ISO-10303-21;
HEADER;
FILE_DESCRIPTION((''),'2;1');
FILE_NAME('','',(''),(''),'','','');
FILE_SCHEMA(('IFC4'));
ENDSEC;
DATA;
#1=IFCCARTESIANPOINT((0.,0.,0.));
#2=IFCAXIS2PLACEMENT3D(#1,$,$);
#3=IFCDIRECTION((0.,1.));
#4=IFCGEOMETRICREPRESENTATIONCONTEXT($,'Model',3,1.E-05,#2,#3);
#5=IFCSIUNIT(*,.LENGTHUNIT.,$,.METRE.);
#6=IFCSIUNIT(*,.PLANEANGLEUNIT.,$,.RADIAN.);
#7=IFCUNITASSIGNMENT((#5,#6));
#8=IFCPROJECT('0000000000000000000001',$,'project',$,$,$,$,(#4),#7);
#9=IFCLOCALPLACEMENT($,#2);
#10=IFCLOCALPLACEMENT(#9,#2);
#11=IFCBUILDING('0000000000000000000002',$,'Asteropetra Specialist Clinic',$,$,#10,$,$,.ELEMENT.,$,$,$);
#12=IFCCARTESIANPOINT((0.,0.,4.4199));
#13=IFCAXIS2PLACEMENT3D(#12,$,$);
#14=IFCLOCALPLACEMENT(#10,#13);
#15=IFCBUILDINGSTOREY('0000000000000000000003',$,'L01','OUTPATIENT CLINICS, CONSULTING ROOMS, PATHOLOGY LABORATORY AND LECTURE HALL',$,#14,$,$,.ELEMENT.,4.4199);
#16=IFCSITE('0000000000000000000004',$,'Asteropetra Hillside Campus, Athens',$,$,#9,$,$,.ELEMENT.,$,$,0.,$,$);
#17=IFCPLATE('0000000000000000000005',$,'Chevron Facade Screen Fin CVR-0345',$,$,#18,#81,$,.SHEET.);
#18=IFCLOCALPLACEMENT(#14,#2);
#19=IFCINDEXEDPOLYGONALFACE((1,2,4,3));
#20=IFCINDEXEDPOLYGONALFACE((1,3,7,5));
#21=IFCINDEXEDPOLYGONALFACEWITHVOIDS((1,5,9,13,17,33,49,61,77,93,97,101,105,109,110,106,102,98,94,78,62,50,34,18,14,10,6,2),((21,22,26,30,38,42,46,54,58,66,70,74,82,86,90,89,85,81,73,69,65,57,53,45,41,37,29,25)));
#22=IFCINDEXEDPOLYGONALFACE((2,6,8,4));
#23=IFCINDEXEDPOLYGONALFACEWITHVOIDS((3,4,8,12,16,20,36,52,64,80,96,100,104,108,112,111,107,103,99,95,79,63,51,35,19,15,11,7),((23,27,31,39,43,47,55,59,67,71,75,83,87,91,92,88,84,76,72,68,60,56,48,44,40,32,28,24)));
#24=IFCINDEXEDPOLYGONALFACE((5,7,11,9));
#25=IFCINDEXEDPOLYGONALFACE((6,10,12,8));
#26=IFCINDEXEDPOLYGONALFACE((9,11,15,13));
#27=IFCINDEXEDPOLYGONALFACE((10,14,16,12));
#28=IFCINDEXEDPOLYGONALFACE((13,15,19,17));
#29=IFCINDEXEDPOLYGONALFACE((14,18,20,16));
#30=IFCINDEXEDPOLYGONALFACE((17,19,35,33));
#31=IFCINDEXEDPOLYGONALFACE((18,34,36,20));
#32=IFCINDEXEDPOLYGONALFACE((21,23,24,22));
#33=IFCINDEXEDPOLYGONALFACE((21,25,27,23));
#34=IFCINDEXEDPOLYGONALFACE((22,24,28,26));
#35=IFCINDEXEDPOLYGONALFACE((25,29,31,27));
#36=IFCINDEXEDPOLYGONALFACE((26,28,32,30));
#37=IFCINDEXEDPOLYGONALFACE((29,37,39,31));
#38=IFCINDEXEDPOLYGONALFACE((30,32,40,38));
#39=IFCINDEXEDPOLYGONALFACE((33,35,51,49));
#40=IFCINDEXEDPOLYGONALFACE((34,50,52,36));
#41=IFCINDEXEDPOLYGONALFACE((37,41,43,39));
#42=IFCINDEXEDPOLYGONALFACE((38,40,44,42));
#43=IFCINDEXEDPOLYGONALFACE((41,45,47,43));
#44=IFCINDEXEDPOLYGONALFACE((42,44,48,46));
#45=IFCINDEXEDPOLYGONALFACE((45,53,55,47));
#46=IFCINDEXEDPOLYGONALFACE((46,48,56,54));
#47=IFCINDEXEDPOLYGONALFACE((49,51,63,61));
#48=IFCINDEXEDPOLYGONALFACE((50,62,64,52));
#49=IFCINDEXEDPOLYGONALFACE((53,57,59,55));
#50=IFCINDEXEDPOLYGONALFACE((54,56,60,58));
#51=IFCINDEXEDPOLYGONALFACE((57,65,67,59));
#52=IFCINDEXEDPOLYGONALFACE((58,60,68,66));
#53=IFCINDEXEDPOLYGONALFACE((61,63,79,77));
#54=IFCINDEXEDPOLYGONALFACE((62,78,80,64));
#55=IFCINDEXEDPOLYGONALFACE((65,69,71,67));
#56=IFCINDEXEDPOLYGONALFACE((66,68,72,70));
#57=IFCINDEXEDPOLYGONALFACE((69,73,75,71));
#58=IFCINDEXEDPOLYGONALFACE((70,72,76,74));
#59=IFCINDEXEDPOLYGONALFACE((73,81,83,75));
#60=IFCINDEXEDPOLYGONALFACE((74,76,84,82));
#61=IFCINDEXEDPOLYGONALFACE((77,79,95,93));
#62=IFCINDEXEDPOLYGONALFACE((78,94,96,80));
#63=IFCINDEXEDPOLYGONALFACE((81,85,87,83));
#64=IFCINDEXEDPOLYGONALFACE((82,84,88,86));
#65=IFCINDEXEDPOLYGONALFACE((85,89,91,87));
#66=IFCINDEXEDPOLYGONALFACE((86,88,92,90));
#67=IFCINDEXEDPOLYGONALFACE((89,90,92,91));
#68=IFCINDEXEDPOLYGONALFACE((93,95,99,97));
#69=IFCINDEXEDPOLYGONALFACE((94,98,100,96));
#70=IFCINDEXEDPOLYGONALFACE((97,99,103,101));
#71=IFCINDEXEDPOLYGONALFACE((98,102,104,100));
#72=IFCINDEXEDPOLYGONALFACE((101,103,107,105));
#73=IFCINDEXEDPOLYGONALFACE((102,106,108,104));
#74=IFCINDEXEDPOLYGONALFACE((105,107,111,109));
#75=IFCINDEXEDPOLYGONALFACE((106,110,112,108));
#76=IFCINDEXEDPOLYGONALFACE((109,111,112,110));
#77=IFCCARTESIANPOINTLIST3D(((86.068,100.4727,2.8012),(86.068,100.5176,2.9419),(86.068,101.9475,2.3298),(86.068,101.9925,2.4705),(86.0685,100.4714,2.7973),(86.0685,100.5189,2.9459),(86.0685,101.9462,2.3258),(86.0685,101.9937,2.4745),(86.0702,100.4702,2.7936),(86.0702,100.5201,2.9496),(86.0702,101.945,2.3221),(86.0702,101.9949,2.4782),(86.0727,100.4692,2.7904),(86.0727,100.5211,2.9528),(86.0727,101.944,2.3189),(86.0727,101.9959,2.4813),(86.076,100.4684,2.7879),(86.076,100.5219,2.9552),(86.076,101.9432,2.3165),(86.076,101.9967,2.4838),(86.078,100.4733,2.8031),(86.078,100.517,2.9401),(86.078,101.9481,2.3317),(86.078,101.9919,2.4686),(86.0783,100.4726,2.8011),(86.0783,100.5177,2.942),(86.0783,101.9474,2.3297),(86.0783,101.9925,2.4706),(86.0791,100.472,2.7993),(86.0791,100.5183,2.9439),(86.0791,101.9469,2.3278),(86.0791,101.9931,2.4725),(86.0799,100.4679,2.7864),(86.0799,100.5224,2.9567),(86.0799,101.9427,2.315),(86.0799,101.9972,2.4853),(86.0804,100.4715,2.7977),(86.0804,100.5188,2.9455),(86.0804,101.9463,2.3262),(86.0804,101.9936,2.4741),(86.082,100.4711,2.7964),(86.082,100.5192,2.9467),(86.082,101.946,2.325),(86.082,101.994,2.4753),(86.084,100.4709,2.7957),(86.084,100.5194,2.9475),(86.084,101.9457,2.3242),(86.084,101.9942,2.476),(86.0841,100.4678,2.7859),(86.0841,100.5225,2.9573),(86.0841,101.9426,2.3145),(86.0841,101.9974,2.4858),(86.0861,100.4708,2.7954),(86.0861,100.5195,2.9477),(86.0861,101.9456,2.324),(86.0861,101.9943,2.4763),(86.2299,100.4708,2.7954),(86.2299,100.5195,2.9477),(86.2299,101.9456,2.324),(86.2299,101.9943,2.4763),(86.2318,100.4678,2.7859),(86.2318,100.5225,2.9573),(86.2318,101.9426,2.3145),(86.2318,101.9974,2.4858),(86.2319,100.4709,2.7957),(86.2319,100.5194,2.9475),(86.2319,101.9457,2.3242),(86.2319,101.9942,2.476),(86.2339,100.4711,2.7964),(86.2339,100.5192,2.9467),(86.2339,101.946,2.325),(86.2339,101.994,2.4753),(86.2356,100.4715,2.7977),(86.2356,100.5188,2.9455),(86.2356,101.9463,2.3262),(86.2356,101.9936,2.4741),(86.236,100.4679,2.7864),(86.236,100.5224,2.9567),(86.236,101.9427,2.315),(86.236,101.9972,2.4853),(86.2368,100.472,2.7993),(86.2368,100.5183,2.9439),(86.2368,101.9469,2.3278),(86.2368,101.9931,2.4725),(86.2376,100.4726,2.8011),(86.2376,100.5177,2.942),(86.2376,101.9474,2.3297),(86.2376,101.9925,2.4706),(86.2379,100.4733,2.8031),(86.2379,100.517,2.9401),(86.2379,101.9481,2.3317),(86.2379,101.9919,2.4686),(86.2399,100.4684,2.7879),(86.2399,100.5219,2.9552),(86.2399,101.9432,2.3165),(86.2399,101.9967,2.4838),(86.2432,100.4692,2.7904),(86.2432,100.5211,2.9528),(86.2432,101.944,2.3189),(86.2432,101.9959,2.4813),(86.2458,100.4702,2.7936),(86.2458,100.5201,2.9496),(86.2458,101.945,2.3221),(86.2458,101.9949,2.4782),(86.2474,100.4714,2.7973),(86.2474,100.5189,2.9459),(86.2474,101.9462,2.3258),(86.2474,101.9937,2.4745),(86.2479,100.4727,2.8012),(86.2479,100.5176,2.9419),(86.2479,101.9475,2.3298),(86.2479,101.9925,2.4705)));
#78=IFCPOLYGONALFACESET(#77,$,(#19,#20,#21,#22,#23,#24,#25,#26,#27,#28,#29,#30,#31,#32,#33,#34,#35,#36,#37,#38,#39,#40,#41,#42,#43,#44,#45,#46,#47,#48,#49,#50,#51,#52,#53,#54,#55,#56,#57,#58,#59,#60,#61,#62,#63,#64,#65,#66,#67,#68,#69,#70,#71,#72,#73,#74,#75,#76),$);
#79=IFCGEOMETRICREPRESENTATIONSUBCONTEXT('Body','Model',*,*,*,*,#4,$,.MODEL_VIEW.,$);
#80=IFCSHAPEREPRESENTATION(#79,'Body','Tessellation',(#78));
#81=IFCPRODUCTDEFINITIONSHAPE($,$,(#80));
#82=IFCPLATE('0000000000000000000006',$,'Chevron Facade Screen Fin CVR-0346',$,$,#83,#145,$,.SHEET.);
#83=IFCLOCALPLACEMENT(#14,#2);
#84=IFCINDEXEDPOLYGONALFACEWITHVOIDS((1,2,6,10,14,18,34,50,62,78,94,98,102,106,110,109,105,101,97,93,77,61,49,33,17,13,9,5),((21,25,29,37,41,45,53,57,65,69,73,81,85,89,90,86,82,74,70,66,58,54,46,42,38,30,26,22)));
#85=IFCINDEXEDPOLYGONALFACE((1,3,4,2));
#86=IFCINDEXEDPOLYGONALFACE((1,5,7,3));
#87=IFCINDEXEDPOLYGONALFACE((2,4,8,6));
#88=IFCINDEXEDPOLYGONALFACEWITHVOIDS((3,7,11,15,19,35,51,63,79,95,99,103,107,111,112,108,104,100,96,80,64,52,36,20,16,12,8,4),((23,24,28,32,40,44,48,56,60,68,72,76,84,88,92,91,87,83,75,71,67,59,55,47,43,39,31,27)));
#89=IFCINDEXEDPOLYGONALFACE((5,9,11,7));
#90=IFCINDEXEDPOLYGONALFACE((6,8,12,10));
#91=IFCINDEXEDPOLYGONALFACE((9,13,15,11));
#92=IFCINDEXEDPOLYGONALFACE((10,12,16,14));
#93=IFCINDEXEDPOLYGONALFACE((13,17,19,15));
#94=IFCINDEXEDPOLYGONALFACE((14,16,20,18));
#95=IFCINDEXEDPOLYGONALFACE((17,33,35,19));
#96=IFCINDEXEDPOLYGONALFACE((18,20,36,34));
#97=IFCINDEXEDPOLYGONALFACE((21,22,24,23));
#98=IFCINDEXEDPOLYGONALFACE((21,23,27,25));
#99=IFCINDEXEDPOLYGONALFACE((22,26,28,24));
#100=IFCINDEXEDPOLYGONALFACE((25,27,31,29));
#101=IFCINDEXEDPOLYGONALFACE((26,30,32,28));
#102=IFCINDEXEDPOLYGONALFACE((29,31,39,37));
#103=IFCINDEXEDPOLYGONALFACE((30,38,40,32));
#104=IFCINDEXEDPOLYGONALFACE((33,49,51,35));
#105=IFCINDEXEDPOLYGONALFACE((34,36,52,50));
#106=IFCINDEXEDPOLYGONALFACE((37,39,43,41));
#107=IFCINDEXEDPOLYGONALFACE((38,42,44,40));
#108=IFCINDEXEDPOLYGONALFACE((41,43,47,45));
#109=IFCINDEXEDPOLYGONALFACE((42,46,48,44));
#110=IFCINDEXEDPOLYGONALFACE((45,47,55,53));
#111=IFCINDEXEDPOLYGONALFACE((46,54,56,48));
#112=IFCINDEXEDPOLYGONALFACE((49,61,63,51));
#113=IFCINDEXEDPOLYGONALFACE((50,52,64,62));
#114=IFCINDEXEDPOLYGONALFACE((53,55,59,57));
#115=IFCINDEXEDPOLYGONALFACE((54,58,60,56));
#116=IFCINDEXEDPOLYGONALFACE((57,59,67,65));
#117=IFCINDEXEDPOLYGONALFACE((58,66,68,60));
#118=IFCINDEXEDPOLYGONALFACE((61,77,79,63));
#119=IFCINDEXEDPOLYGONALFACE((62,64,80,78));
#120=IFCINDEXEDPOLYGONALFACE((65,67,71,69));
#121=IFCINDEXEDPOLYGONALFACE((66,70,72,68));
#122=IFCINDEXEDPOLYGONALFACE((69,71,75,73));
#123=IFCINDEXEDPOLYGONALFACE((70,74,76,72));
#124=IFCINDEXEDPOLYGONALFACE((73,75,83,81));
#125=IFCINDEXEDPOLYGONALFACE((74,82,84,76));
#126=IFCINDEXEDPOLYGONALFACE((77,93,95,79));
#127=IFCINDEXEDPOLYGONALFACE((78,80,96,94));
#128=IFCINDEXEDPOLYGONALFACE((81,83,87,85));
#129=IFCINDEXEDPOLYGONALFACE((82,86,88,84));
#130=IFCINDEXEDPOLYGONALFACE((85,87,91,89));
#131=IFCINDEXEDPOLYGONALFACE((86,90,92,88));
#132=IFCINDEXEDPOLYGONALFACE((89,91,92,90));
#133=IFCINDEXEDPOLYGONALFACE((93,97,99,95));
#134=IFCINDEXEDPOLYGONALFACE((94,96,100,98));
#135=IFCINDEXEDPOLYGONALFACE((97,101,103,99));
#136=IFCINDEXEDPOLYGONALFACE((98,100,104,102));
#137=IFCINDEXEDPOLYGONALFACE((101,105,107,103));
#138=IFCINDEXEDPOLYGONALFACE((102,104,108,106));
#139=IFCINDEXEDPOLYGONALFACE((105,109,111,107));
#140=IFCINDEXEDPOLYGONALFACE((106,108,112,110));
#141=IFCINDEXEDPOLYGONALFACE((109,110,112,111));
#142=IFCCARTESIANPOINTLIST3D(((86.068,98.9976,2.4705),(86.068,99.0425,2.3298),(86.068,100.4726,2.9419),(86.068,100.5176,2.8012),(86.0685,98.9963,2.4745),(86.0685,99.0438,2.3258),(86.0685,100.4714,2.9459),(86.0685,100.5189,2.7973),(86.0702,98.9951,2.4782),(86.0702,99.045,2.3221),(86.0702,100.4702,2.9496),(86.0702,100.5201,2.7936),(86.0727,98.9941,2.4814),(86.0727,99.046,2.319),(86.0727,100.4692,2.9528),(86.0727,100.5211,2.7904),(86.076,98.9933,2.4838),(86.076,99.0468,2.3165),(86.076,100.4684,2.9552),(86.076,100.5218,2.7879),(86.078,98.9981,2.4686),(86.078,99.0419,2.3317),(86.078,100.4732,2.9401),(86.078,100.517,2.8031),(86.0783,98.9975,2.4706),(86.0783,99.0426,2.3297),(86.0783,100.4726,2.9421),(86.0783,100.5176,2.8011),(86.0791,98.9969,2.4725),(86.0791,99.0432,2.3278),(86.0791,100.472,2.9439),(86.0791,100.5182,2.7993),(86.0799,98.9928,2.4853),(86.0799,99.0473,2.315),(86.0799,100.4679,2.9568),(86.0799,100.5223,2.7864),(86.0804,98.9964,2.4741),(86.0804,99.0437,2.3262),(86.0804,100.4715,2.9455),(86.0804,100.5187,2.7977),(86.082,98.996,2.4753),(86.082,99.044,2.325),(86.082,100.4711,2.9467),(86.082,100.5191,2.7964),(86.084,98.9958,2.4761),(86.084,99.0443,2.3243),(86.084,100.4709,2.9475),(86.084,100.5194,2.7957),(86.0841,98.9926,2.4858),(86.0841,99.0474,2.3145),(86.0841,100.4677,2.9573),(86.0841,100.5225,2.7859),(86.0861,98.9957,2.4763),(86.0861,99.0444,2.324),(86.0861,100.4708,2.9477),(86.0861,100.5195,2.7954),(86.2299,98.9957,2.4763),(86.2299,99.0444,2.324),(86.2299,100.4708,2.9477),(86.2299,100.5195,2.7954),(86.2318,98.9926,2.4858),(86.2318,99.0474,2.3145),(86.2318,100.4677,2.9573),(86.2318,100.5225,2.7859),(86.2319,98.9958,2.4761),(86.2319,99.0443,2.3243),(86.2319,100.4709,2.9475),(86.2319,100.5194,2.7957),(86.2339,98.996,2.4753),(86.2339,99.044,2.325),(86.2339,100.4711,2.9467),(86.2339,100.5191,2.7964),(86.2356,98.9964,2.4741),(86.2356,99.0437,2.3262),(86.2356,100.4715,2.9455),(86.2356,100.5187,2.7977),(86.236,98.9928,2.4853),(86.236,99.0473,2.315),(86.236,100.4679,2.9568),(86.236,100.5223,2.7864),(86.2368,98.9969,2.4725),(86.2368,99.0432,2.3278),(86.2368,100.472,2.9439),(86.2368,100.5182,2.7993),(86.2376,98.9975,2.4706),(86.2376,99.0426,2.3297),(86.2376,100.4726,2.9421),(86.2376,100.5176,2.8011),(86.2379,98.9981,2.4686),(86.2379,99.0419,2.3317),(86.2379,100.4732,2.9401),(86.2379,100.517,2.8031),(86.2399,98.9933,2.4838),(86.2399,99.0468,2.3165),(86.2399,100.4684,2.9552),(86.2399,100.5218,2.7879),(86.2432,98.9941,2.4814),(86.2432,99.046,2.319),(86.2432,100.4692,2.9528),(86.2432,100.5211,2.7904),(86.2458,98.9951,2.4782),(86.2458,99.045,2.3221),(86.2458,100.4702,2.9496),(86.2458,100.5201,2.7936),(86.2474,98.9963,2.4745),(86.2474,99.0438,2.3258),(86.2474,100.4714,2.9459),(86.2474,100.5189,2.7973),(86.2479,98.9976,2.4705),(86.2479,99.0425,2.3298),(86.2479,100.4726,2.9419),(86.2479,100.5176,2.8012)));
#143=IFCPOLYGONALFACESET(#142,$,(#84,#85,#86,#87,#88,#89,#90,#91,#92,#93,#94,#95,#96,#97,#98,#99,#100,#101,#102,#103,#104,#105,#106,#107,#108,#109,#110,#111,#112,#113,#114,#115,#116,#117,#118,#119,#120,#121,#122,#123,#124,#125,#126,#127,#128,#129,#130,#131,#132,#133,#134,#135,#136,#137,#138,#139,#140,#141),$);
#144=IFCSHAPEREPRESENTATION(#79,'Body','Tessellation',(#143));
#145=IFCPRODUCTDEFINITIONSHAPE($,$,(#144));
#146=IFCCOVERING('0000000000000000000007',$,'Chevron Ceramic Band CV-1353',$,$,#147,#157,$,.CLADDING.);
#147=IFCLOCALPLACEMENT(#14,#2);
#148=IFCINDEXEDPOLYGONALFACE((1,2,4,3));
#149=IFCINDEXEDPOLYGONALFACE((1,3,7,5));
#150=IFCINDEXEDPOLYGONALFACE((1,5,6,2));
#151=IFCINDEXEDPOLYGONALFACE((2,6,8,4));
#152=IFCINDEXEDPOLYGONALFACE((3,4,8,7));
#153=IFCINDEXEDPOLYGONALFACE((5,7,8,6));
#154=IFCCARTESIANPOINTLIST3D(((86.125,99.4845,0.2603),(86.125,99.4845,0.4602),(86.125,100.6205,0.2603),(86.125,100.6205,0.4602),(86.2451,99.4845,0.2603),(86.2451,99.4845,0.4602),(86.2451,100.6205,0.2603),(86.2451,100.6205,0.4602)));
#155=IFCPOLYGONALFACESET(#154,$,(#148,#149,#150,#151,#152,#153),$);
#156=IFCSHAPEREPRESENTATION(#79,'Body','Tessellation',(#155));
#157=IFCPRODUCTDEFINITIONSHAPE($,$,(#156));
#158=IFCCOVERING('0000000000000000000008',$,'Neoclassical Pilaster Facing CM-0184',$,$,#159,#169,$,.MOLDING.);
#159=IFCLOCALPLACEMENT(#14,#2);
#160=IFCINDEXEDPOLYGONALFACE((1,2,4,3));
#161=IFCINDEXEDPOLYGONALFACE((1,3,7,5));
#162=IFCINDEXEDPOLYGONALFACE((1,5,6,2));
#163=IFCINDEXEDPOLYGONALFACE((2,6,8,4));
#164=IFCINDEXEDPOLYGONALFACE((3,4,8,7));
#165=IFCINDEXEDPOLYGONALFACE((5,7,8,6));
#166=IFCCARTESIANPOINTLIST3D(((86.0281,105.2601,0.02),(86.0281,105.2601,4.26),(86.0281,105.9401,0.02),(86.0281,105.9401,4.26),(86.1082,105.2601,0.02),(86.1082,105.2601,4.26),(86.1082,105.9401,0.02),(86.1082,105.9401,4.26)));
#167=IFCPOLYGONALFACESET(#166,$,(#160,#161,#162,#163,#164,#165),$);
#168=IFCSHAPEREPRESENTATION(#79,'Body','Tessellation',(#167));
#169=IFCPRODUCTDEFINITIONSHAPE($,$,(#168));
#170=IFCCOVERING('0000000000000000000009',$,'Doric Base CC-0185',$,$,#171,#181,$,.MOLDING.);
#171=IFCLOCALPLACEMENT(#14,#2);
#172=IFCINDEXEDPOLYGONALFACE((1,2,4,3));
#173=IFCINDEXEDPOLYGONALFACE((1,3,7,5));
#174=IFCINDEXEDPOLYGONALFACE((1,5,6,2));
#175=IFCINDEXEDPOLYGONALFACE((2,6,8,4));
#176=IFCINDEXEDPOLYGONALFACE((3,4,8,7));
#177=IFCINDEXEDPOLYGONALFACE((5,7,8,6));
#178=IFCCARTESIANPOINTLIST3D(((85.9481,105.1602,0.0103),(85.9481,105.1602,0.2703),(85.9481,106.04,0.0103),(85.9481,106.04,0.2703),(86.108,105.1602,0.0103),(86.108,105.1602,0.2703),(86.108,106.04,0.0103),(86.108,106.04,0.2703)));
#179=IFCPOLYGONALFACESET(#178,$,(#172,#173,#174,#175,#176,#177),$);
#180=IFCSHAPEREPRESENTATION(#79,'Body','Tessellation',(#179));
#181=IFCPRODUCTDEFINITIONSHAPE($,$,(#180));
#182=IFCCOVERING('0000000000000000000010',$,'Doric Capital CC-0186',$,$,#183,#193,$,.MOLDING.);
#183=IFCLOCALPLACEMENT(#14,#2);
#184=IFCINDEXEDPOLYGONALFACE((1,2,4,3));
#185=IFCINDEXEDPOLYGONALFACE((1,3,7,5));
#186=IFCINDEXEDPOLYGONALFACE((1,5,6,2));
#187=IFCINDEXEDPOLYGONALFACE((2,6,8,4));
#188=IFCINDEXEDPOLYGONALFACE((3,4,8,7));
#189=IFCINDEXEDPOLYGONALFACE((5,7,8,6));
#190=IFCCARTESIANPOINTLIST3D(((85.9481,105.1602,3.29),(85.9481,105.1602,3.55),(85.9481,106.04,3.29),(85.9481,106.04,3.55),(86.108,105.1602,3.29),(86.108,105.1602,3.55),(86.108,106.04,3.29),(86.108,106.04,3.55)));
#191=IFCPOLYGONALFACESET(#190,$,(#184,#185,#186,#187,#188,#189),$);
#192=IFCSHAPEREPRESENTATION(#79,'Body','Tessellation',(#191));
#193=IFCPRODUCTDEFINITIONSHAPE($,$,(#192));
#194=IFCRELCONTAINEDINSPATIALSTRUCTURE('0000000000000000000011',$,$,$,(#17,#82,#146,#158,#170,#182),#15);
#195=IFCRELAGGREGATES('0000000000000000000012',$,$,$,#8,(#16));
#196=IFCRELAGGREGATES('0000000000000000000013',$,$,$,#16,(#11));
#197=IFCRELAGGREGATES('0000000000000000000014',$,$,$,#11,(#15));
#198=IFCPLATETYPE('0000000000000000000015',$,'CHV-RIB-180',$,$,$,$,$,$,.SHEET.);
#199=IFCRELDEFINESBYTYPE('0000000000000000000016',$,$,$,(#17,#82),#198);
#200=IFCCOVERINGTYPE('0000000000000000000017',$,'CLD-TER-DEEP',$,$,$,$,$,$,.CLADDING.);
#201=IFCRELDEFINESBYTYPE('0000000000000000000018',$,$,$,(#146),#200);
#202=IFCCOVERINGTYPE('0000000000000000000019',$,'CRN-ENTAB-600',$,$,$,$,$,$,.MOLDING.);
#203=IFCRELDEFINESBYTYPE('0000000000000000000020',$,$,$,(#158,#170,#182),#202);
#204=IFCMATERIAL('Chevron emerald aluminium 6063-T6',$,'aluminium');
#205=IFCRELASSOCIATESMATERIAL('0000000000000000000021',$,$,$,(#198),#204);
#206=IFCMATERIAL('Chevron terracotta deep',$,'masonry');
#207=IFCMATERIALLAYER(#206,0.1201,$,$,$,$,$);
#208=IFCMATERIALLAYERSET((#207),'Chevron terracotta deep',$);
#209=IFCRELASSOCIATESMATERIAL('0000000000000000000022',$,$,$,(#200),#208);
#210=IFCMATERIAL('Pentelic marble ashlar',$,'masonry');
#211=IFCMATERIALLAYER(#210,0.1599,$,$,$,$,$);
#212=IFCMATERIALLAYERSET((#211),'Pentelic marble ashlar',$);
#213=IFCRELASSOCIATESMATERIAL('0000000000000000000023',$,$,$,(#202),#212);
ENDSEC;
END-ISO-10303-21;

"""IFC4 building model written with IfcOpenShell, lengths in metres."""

from ifc_helpers import new_model, si_unit, direction, frame, origin, origin_2d, place, context, subcontext, project, spatial, rectangle, hollow_rectangle, extrude, material, layer, layer_set, material_profile, profile_set, type_object, element, save


model = new_model("IFC4")

# Units and contexts
model_context = context("Model", 3, precision=1e-05, world=origin(), true_north=direction((0.0, 1.0)))
body_context = subcontext(model_context, "Body", "Model", "MODEL_VIEW")
ifc_project = project(units=[si_unit("LENGTHUNIT", "METRE"), si_unit("PLANEANGLEUNIT", "RADIAN")], contexts=[model_context])

# Site, building, storey
site_placement = place(None, origin())
site = spatial("IfcSite", under=ifc_project, at=site_placement, Name="Asteropetra Hillside Campus, Athens", CompositionType="ELEMENT", RefElevation=0.0)
building_placement = place(site_placement, origin())
building = spatial("IfcBuilding", under=site, at=building_placement, Name="Asteropetra Specialist Clinic", CompositionType="ELEMENT")
storey_placement = place(building_placement, frame((0.0, 0.0, 4.4199)))
storey = spatial("IfcBuildingStorey", under=building, at=storey_placement, Name="L01", Description="OUTPATIENT CLINICS, CONSULTING ROOMS, PATHOLOGY LABORATORY AND LECTURE HALL", CompositionType="ELEMENT", Elevation=4.4199)

# Plates
ifc_material_1 = material(Name="Chevron emerald aluminium 6063-T6", Category="aluminium")
ifc_material_profile = material_profile(ifc_material_1, hollow_rectangle(XDim=0.1799, YDim=0.1799, WallThickness=0.01, InnerFilletRadius=0.0081, OuterFilletRadius=0.0161, at=origin_2d()), Name="SHS 180x180x10.0")
ifc_profile_set = profile_set([ifc_material_profile], Name="Chevron emerald aluminium 6063-T6")
plate_type = type_object("IfcPlateType", Name="CHV-RIB-180", PredefinedType="SHEET", material=ifc_profile_set)
plate_1_placement = place(storey_placement, frame((86.158, 101.97, 2.4001), z_axis=(0.0, -0.952521, 0.304472), x_axis=(1.0, 0.0, 0.0)))
element("IfcPlate", 1, at=plate_1_placement, inside=storey, type_object=plate_type, Name="Chevron Facade Screen Fin CVR-0345", PredefinedType="SHEET", context=body_context, shape_type="SweptSolid", body=[
    extrude(hollow_rectangle(XDim=0.1799, YDim=0.1799, WallThickness=0.01, InnerFilletRadius=0.0081, OuterFilletRadius=0.0161, at=origin_2d()), origin(), (0.0, 0.0, 1.0), 1.5483),
])
plate_2_placement = place(storey_placement, frame((86.158, 100.4951, 2.8716), z_axis=(0.0, -0.952536, -0.304427), x_axis=(1.0, 0.0, 0.0)))
element("IfcPlate", 2, at=plate_2_placement, inside=storey, type_object=plate_type, Name="Chevron Facade Screen Fin CVR-0346", PredefinedType="SHEET", context=body_context, shape_type="SweptSolid", body=[
    extrude(hollow_rectangle(XDim=0.1799, YDim=0.1799, WallThickness=0.01, InnerFilletRadius=0.0081, OuterFilletRadius=0.0161, at=origin_2d()), origin(), (0.0, 0.0, 1.0), 1.5486),
])

# Coverings
ifc_material_2 = material(Name="Chevron terracotta deep", Category="masonry")
ifc_layer_1 = layer(ifc_material_2, 0.1201)
ifc_layer_set_1 = layer_set([ifc_layer_1], Name="Chevron terracotta deep")
covering_type_1 = type_object("IfcCoveringType", Name="CLD-TER-DEEP", PredefinedType="CLADDING", material=ifc_layer_set_1)
covering_1_placement = place(storey_placement, frame((86.1851, 100.0525, 0.2603), z_axis=(0.0, 0.0, 1.0), x_axis=(1.0, 0.0, 0.0)))
element("IfcCovering", 3, at=covering_1_placement, inside=storey, type_object=covering_type_1, Name="Chevron Ceramic Band CV-1353", PredefinedType="CLADDING", context=body_context, shape_type="SweptSolid", body=[
    extrude(rectangle(XDim=0.1201, YDim=1.136, at=origin_2d()), origin(), (0.0, 0.0, 1.0), 0.2),
])
ifc_material_3 = material(Name="Pentelic marble ashlar", Category="masonry")
ifc_layer_2 = layer(ifc_material_3, 0.1599)
ifc_layer_set_2 = layer_set([ifc_layer_2], Name="Pentelic marble ashlar")
covering_type_2 = type_object("IfcCoveringType", Name="CRN-ENTAB-600", PredefinedType="MOLDING", material=ifc_layer_set_2)
covering_2_placement = place(storey_placement, frame((86.0681, 105.6001, 0.02), z_axis=(0.0, 0.0, 1.0), x_axis=(1.0, 0.0, 0.0)))
element("IfcCovering", 4, at=covering_2_placement, inside=storey, type_object=covering_type_2, Name="Neoclassical Pilaster Facing CM-0184", PredefinedType="MOLDING", context=body_context, shape_type="SweptSolid", body=[
    extrude(rectangle(XDim=0.0801, YDim=0.6799, at=origin_2d()), origin(), (0.0, 0.0, 1.0), 4.24),
])
for number, where, z_axis, x_axis, name in (
    (5, (86.0281, 105.6001, 0.0103), (0.0, 0.0, 1.0), (1.0, 0.0, 0.0), "Doric Base CC-0185"),
    (6, (86.0281, 105.6001, 3.29), (0.0, 0.0, 1.0), (1.0, 0.0, 0.0), "Doric Capital CC-0186"),
):
    element("IfcCovering", number, at=place(storey_placement, frame(where, z_axis=z_axis, x_axis=x_axis)), inside=storey, type_object=covering_type_2, Name=name, PredefinedType="MOLDING", context=body_context, shape_type="SweptSolid", body=[
        extrude(rectangle(XDim=0.1599, YDim=0.8799, at=origin_2d()), origin(), (0.0, 0.0, 1.0), 0.26),
    ])

save(model, "model.ifc")
